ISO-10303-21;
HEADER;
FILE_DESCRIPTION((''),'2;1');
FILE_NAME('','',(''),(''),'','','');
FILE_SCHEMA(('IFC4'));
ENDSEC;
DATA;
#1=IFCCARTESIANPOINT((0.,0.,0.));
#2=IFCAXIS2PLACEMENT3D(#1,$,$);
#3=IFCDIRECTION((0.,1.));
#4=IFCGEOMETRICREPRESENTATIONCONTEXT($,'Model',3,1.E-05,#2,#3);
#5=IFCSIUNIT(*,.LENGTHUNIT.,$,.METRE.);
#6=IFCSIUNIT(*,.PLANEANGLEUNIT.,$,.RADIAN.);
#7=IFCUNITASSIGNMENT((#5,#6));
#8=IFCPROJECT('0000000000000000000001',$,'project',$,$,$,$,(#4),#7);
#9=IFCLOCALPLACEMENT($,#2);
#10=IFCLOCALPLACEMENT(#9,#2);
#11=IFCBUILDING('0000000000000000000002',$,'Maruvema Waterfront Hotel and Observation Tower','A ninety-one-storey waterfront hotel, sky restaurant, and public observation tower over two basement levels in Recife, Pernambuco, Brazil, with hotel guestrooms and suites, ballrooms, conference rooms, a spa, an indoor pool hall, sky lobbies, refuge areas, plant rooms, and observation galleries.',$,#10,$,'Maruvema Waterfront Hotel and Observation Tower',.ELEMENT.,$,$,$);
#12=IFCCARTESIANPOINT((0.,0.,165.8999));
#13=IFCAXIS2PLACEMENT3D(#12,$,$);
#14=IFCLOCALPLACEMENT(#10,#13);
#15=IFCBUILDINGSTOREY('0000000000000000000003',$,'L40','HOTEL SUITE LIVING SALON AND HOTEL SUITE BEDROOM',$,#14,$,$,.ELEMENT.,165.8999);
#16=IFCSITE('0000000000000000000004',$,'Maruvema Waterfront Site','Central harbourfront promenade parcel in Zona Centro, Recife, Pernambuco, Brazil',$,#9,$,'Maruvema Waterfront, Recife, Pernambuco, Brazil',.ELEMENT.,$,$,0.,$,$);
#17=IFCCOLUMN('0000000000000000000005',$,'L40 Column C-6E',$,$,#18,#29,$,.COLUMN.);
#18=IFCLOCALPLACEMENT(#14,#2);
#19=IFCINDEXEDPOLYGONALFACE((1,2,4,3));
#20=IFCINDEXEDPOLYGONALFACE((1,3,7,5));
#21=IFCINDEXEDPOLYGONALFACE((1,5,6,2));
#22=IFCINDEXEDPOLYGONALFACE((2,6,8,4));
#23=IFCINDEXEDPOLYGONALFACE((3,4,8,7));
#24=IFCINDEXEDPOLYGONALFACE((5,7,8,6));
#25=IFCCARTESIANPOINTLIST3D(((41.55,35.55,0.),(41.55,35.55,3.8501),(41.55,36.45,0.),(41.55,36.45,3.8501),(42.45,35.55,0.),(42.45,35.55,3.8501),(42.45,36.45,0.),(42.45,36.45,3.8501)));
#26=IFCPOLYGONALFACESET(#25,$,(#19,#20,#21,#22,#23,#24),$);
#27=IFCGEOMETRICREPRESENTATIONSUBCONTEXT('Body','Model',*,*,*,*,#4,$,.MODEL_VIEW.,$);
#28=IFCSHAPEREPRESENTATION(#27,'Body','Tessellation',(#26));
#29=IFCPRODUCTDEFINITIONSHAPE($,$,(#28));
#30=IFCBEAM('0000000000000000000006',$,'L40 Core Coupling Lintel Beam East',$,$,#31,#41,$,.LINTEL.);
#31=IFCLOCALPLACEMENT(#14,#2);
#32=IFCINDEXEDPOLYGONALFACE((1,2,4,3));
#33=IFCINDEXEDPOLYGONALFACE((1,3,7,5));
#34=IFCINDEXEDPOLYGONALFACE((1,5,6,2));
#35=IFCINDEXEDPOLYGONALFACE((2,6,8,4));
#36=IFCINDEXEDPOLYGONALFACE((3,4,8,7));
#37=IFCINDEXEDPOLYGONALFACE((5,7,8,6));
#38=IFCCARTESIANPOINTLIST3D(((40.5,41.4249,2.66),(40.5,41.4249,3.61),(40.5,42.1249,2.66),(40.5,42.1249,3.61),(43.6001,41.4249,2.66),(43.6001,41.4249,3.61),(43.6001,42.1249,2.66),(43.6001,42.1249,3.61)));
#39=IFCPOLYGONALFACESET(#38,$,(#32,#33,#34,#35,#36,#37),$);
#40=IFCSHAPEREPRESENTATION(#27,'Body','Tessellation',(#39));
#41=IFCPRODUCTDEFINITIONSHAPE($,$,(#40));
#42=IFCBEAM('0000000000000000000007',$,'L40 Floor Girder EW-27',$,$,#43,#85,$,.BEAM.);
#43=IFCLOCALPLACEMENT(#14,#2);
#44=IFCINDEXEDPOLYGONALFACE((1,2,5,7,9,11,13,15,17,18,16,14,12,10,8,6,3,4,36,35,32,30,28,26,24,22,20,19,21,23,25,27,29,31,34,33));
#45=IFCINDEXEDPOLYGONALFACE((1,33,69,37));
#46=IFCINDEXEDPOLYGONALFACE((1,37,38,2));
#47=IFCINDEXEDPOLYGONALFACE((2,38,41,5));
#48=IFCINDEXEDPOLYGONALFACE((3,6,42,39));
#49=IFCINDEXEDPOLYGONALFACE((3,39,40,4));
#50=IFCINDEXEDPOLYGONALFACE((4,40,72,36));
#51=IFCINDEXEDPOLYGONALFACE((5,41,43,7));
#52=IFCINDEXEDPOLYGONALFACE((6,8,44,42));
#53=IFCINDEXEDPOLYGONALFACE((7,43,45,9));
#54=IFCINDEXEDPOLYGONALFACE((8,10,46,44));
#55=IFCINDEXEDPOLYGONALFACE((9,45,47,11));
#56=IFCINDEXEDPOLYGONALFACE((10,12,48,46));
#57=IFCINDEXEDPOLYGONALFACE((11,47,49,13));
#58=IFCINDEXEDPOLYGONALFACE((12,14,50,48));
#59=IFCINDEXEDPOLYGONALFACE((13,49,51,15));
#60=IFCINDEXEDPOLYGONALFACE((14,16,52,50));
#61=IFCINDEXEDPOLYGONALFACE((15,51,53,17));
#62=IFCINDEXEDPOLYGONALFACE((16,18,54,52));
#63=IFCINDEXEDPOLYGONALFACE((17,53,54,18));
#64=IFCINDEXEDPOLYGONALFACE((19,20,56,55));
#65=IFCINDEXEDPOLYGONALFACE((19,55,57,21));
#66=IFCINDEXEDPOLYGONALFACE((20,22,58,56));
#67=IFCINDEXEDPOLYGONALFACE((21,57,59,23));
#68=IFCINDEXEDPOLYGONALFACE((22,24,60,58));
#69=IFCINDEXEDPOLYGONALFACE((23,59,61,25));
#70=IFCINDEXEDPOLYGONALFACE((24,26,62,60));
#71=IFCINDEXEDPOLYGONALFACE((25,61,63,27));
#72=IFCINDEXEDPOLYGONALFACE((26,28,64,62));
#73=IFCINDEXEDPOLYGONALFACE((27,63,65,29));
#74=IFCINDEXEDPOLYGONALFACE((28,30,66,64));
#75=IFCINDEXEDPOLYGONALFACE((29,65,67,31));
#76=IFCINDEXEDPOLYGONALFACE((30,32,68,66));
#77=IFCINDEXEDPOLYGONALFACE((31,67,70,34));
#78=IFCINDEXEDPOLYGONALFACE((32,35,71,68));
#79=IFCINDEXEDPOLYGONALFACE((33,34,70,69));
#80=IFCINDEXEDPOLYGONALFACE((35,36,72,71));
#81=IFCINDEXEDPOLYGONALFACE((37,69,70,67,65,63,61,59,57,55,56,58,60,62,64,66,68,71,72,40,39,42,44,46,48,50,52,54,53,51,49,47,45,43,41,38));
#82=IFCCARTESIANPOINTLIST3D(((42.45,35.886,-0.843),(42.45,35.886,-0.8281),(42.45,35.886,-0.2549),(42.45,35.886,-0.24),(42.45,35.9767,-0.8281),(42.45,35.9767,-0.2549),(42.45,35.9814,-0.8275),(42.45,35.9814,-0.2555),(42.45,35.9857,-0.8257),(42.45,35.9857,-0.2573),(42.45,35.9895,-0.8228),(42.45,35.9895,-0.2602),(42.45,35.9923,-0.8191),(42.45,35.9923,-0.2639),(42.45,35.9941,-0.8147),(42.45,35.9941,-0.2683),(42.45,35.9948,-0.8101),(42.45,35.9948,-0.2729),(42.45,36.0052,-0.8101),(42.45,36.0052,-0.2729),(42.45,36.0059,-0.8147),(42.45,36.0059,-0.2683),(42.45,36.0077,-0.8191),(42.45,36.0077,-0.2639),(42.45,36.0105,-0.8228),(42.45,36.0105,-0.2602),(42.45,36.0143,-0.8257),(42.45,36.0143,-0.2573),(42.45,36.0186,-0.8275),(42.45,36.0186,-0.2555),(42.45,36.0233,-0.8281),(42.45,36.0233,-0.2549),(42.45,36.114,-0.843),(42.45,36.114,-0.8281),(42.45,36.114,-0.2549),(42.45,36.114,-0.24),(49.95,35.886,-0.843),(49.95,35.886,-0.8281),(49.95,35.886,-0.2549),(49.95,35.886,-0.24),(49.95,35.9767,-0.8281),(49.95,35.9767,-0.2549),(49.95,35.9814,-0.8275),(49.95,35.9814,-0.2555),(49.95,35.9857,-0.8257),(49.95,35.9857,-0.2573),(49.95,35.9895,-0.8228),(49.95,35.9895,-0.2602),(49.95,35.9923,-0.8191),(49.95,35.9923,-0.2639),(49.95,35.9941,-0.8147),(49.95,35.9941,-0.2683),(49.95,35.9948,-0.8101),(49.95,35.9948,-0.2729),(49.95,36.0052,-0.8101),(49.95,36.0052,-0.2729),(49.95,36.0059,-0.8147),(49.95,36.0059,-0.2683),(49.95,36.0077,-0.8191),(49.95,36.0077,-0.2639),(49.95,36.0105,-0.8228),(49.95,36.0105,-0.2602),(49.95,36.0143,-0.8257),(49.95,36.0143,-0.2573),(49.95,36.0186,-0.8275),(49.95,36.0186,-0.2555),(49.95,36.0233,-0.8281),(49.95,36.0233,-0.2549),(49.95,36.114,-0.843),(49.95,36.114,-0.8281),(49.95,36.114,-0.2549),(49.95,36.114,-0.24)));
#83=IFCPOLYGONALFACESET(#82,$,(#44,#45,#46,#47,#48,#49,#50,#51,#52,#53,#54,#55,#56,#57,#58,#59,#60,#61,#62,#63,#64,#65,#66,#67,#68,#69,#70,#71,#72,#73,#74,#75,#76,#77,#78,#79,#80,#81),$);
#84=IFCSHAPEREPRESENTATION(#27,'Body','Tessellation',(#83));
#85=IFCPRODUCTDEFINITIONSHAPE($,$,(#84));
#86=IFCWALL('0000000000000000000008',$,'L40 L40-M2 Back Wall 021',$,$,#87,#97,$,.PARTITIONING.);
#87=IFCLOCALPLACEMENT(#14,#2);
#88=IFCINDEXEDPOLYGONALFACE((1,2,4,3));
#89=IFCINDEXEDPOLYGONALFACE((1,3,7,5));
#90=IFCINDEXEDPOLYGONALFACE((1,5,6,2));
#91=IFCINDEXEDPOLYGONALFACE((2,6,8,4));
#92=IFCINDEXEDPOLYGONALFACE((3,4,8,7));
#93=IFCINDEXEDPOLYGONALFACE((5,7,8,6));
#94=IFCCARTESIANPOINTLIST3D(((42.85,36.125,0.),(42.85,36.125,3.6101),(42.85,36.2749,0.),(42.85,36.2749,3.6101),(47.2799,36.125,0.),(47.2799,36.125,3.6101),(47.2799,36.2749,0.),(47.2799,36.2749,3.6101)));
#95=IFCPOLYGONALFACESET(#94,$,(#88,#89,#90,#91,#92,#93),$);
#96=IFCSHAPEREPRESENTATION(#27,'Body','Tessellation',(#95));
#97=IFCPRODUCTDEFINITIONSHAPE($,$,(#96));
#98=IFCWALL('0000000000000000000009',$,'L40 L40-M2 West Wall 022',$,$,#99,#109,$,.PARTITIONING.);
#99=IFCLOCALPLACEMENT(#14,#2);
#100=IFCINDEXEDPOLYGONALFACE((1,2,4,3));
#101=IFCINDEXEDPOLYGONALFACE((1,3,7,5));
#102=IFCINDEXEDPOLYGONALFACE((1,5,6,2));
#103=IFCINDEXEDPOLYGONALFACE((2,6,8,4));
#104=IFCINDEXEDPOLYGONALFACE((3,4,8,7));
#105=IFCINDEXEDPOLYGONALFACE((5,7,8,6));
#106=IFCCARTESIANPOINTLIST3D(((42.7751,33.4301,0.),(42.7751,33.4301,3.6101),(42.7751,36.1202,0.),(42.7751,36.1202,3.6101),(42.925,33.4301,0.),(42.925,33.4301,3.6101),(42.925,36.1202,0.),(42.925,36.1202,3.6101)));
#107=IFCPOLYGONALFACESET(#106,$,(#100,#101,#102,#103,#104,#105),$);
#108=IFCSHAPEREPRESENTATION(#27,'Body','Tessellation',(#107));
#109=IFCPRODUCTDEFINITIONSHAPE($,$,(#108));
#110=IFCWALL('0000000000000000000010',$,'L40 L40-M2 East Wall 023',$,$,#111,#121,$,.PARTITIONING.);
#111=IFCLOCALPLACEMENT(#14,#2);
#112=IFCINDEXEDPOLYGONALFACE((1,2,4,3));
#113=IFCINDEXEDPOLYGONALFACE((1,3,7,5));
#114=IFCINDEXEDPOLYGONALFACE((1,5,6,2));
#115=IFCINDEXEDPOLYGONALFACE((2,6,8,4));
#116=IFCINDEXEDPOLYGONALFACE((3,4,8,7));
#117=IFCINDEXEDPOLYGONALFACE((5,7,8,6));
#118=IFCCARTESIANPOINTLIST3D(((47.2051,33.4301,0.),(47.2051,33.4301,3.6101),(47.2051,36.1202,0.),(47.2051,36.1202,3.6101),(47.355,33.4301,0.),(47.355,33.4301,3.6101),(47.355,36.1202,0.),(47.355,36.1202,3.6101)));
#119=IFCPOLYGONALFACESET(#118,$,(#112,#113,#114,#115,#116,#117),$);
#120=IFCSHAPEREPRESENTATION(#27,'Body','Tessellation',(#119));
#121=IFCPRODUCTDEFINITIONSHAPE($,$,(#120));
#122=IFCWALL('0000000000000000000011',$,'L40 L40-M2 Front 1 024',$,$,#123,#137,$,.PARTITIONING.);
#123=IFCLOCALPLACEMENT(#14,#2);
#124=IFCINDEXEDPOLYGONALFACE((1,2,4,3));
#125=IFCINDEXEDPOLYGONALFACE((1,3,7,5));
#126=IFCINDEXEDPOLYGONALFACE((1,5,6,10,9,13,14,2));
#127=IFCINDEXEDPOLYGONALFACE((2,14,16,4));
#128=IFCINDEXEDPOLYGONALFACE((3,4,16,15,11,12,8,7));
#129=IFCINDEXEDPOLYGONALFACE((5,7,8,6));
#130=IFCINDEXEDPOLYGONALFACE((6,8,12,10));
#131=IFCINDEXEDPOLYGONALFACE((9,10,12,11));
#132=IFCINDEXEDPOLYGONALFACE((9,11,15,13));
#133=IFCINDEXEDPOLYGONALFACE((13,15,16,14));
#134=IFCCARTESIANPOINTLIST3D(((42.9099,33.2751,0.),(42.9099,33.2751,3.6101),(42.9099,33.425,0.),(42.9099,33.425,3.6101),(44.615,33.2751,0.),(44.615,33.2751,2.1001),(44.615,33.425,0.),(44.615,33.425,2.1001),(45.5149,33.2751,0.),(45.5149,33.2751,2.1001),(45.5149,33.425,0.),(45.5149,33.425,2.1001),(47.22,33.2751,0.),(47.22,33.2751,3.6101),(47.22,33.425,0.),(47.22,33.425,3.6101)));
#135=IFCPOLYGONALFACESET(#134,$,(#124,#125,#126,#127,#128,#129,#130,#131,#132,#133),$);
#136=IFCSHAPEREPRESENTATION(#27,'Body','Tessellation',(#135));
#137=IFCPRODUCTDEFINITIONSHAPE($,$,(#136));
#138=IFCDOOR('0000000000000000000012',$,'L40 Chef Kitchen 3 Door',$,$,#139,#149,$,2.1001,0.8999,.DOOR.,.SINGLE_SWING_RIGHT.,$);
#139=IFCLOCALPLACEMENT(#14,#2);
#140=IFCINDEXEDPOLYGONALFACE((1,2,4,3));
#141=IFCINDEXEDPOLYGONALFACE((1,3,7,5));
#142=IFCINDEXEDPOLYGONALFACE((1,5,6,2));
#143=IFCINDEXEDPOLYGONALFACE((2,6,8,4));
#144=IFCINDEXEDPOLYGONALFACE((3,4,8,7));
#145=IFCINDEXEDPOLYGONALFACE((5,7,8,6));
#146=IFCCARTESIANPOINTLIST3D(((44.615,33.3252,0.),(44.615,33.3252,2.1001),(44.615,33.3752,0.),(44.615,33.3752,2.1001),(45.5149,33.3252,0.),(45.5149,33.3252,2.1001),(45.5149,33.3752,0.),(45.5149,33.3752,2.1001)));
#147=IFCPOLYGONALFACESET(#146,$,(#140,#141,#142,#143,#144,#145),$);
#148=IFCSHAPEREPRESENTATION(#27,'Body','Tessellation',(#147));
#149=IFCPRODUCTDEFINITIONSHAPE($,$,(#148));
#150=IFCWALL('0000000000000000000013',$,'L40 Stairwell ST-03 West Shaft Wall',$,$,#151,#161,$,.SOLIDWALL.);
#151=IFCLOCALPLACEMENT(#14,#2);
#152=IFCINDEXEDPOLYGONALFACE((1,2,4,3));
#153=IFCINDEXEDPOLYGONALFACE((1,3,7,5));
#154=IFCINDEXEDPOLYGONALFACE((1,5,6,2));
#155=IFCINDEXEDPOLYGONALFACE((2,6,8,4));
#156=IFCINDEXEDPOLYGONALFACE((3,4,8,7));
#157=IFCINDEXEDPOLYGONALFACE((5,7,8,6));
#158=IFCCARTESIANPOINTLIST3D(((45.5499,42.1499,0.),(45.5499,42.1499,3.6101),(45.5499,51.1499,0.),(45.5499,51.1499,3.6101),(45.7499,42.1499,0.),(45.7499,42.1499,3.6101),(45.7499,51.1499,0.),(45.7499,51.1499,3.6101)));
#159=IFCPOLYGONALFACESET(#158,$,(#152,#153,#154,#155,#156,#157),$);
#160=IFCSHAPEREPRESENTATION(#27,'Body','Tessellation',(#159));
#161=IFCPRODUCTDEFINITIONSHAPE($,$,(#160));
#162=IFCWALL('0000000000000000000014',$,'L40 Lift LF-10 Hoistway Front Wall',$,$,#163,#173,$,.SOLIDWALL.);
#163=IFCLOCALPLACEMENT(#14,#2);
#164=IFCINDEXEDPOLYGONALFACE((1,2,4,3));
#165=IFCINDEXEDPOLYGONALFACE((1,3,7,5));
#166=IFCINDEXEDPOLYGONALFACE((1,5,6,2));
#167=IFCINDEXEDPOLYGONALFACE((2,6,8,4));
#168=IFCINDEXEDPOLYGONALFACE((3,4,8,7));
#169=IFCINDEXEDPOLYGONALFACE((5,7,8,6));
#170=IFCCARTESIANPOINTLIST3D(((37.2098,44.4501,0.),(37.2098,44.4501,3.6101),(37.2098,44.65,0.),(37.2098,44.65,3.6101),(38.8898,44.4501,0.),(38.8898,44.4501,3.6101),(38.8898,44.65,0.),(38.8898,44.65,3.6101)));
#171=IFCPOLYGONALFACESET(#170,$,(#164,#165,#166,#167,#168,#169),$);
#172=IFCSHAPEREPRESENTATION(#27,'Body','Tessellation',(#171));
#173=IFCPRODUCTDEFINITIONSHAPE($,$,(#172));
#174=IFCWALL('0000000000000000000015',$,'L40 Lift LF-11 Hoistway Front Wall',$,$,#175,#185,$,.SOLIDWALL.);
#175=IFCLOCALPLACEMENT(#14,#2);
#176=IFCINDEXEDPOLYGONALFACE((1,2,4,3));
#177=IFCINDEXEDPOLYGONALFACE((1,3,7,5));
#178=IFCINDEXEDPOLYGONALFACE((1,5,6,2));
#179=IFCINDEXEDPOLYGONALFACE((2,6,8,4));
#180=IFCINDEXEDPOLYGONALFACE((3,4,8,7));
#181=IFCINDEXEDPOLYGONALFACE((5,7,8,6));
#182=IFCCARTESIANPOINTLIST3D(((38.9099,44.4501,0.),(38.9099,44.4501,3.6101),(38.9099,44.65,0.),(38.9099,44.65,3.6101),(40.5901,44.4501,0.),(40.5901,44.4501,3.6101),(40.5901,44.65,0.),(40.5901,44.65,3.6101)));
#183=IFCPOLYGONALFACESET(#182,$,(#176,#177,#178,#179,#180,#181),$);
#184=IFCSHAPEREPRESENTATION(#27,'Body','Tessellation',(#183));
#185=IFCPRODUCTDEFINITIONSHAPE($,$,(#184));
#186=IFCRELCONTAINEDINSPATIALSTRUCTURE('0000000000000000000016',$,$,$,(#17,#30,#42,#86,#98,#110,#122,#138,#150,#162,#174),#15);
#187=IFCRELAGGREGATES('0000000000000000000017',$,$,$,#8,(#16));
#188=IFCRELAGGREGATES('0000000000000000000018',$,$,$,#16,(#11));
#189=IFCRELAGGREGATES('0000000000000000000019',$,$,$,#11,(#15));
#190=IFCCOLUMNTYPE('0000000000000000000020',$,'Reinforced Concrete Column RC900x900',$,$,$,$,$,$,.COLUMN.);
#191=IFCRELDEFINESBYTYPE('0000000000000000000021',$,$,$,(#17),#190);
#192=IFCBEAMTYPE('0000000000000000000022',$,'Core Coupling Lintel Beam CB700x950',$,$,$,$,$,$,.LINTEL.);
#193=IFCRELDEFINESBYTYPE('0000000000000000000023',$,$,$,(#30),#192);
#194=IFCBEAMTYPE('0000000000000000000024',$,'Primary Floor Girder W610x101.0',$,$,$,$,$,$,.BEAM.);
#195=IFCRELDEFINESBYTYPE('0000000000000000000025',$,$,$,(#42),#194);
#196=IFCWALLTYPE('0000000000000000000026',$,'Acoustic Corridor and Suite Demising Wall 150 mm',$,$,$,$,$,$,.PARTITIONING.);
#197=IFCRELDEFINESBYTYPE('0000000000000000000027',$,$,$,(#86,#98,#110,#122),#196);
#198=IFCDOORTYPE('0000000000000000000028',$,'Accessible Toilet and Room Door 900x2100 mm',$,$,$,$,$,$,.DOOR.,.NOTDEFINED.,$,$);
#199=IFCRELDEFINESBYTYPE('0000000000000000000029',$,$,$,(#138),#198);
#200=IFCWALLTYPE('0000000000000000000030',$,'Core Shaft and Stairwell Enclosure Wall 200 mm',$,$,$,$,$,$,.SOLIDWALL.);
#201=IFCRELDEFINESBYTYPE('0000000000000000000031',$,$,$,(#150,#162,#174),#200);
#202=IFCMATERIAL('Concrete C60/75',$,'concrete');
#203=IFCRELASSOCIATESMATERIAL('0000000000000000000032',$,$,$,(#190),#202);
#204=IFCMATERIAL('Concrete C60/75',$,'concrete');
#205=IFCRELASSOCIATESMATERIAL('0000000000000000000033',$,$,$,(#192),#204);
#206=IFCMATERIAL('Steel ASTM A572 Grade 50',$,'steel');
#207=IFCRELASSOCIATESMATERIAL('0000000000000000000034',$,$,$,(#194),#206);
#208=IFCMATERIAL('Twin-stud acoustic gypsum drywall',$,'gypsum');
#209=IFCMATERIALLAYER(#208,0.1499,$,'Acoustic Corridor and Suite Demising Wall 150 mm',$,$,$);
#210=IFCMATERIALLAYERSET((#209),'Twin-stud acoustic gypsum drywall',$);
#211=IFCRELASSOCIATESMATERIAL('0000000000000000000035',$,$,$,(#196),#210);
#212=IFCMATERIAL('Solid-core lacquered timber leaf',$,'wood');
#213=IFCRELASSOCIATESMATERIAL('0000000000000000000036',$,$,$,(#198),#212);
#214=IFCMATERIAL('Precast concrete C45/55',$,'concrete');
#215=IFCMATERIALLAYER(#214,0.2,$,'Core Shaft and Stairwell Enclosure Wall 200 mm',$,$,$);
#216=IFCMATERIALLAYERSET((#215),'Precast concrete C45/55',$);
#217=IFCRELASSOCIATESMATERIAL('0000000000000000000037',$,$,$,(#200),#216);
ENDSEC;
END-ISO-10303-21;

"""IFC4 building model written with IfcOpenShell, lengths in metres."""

from ifc_helpers import new_model, si_unit, direction, frame, frame_2d, origin, origin_2d, place, context, subcontext, project, spatial, rectangle, i_section, extrude, material, layer, layer_set, material_profile, profile_set, type_object, element, fill, save


model = new_model("IFC4")

# Units and contexts
model_context = context("Model", 3, precision=1e-05, world=origin(), true_north=direction((0.0, 1.0)))
body_context = subcontext(model_context, "Body", "Model", "MODEL_VIEW")
ifc_project = project(units=[si_unit("LENGTHUNIT", "METRE"), si_unit("PLANEANGLEUNIT", "RADIAN")], contexts=[model_context])

# Site, building, storey
site_placement = place(None, origin())
site = spatial("IfcSite", under=ifc_project, at=site_placement, Name="Maruvema Waterfront Site", Description="Central harbourfront promenade parcel in Zona Centro, Recife, Pernambuco, Brazil", LongName="Maruvema Waterfront, Recife, Pernambuco, Brazil", CompositionType="ELEMENT", RefElevation=0.0)
building_placement = place(site_placement, origin())
building = spatial("IfcBuilding", under=site, at=building_placement, Name="Maruvema Waterfront Hotel and Observation Tower", Description="A ninety-one-storey waterfront hotel, sky restaurant, and public observation tower over two basement levels in Recife, Pernambuco, Brazil, with hotel guestrooms and suites, ballrooms, conference rooms, a spa, an indoor pool hall, sky lobbies, refuge areas, plant rooms, and observation galleries.", LongName="Maruvema Waterfront Hotel and Observation Tower", CompositionType="ELEMENT")
storey_placement = place(building_placement, frame((0.0, 0.0, 165.8999)))
storey = spatial("IfcBuildingStorey", under=building, at=storey_placement, Name="L40", Description="HOTEL SUITE LIVING SALON AND HOTEL SUITE BEDROOM", CompositionType="ELEMENT", Elevation=165.8999)

# Column
ifc_material_1 = material(Name="Concrete C60/75", Category="concrete")
ifc_material_profile_1 = material_profile(ifc_material_1, rectangle(XDim=0.8999, YDim=0.8999, at=origin_2d()), Name="RC900x900")
ifc_profile_set_1 = profile_set([ifc_material_profile_1], Name="Concrete C60/75")
column_type = type_object("IfcColumnType", Name="Reinforced Concrete Column RC900x900", PredefinedType="COLUMN", material=ifc_profile_set_1)
column_placement = place(storey_placement, frame((42.0, 36.0, 0.0), z_axis=(0.0, 0.0, 1.0), x_axis=(1.0, 0.0, 0.0)))
element("IfcColumn", 1, at=column_placement, inside=storey, type_object=column_type, Name="L40 Column C-6E", PredefinedType="COLUMN", context=body_context, shape_type="SweptSolid", body=[
    extrude(rectangle(XDim=0.8999, YDim=0.8999, at=origin_2d()), origin(), (0.0, 0.0, 1.0), 3.8501),
])

# Beams
ifc_material_2 = material(Name="Concrete C60/75", Category="concrete")
ifc_material_profile_2 = material_profile(ifc_material_2, rectangle(XDim=0.7, YDim=0.95, at=origin_2d()), Name="CB700x950")
ifc_profile_set_2 = profile_set([ifc_material_profile_2], Name="Concrete C60/75")
beam_type_1 = type_object("IfcBeamType", Name="Core Coupling Lintel Beam CB700x950", PredefinedType="LINTEL", material=ifc_profile_set_2)
beam_1_placement = place(storey_placement, frame((40.5, 41.7749, 3.135), z_axis=(1.0, 0.0, 0.0), x_axis=(0.0, 1.0, 0.0)))
element("IfcBeam", 2, at=beam_1_placement, inside=storey, type_object=beam_type_1, Name="L40 Core Coupling Lintel Beam East", PredefinedType="LINTEL", context=body_context, shape_type="SweptSolid", body=[
    extrude(rectangle(XDim=0.7, YDim=0.95, at=origin_2d()), origin(), (0.0, 0.0, 1.0), 3.1001),
])
ifc_material_3 = material(Name="Steel ASTM A572 Grade 50", Category="steel")
ifc_material_profile_3 = material_profile(ifc_material_3, i_section(OverallWidth=0.228, OverallDepth=0.603, WebThickness=0.0105, FlangeThickness=0.0149, FilletRadius=0.0181, at=origin_2d()), Name="W610x101.0")
ifc_profile_set_3 = profile_set([ifc_material_profile_3], Name="Steel ASTM A572 Grade 50")
beam_type_2 = type_object("IfcBeamType", Name="Primary Floor Girder W610x101.0", PredefinedType="BEAM", material=ifc_profile_set_3)
beam_2_placement = place(storey_placement, frame((42.45, 36.0, -0.5415), z_axis=(1.0, 0.0, 0.0), x_axis=(0.0, 1.0, 0.0)))
element("IfcBeam", 3, at=beam_2_placement, inside=storey, type_object=beam_type_2, Name="L40 Floor Girder EW-27", PredefinedType="BEAM", context=body_context, shape_type="SweptSolid", body=[
    extrude(i_section(OverallWidth=0.228, OverallDepth=0.603, WebThickness=0.0105, FlangeThickness=0.0149, FilletRadius=0.0181, at=origin_2d()), origin(), (0.0, 0.0, 1.0), 7.5),
])

# Walls
ifc_material_4 = material(Name="Twin-stud acoustic gypsum drywall", Category="gypsum")
ifc_layer_1 = layer(ifc_material_4, 0.1499, Name="Acoustic Corridor and Suite Demising Wall 150 mm")
ifc_layer_set_1 = layer_set([ifc_layer_1], Name="Twin-stud acoustic gypsum drywall")
wall_type_1 = type_object("IfcWallType", Name="Acoustic Corridor and Suite Demising Wall 150 mm", PredefinedType="PARTITIONING", material=ifc_layer_set_1)
wall_1_placement = place(storey_placement, frame((42.8501, 36.2, 0.0), z_axis=(0.0, 0.0, 1.0), x_axis=(1.0, 0.0, 0.0)))
element("IfcWall", 4, at=wall_1_placement, inside=storey, type_object=wall_type_1, Name="L40 L40-M2 Back Wall 021", PredefinedType="PARTITIONING", context=body_context, shape_type="SweptSolid", body=[
    extrude(rectangle(XDim=4.4299, YDim=0.1499, at=frame_2d((2.2148, 0.0))), origin(), (0.0, 0.0, 1.0), 3.6101),
])
for number, where, z_axis, x_axis, name in (
    (5, (42.8501, 33.4299, 0.0), (0.0, 0.0, 1.0), (0.0, 1.0, 0.0), "L40 L40-M2 West Wall 022"),
    (6, (47.28, 33.4299, 0.0), (0.0, 0.0, 1.0), (0.0, 1.0, 0.0), "L40 L40-M2 East Wall 023"),
):
    element("IfcWall", number, at=place(storey_placement, frame(where, z_axis=z_axis, x_axis=x_axis)), inside=storey, type_object=wall_type_1, Name=name, PredefinedType="PARTITIONING", context=body_context, shape_type="SweptSolid", body=[
        extrude(rectangle(XDim=2.6902, YDim=0.1499, at=frame_2d((1.3452, 0.0))), origin(), (0.0, 0.0, 1.0), 3.6101),
    ])

# Wall, opening, door
wall_2_placement = place(storey_placement, frame((42.9099, 33.3501, 0.0), z_axis=(0.0, 0.0, 1.0), x_axis=(1.0, 0.0, 0.0)))
wall_2 = element("IfcWall", 7, at=wall_2_placement, inside=storey, type_object=wall_type_1, Name="L40 L40-M2 Front 1 024", PredefinedType="PARTITIONING", context=body_context, shape_type="SweptSolid", body=[
    extrude(rectangle(XDim=4.3101, YDim=0.1499, at=frame_2d((2.155, 0.0))), origin(), (0.0, 0.0, 1.0), 3.6101),
])
opening_1_placement = place(wall_2_placement, frame((1.7051, 0.0, 0.0)))
opening_1 = element("IfcOpeningElement", 8, at=opening_1_placement, cuts=wall_2, PredefinedType="OPENING", context=body_context, shape_type="SweptSolid", body=[
    extrude(rectangle(XDim=0.8999, YDim=2.1001, at=frame_2d((0.45, 1.05))), frame((0.0, 0.085, 0.0), z_axis=(0.0, -1.0, 0.0), x_axis=(1.0, 0.0, 0.0)), (0.0, 0.0, 1.0), 0.1699),
])
ifc_material_5 = material(Name="Solid-core lacquered timber leaf", Category="wood")
door_type_1 = type_object("IfcDoorType", Name="Accessible Toilet and Room Door 900x2100 mm", OperationType="NOTDEFINED", PredefinedType="DOOR", material=ifc_material_5)
door_1_placement = place(opening_1_placement, frame((0.8999, 0.0, 0.0), z_axis=(0.0, 0.0, 1.0), x_axis=(-1.0, 0.0, 0.0)))
door_1 = element("IfcDoor", 9, at=door_1_placement, inside=storey, type_object=door_type_1, Name="L40 Chef Kitchen 3 Door", OperationType="SINGLE_SWING_RIGHT", OverallHeight=2.1001, OverallWidth=0.8999, PredefinedType="DOOR", context=body_context, shape_type="SweptSolid", body=[
    extrude(rectangle(XDim=0.8999, YDim=2.1001, at=frame_2d((0.45, 1.05))), frame((0.0, 0.0249, 0.0), z_axis=(0.0, -1.0, 0.0), x_axis=(1.0, 0.0, 0.0)), (0.0, 0.0, 1.0), 0.05),
])
fill(opening_1, door_1)

# Walls
ifc_material_6 = material(Name="Precast concrete C45/55", Category="concrete")
ifc_layer_2 = layer(ifc_material_6, 0.2, Name="Core Shaft and Stairwell Enclosure Wall 200 mm")
ifc_layer_set_2 = layer_set([ifc_layer_2], Name="Precast concrete C45/55")
wall_type_2 = type_object("IfcWallType", Name="Core Shaft and Stairwell Enclosure Wall 200 mm", PredefinedType="SOLIDWALL", material=ifc_layer_set_2)
wall_3_placement = place(storey_placement, frame((45.6499, 42.1499, 0.0), z_axis=(0.0, 0.0, 1.0), x_axis=(0.0, 1.0, 0.0)))
element("IfcWall", 10, at=wall_3_placement, inside=storey, type_object=wall_type_2, Name="L40 Stairwell ST-03 West Shaft Wall", PredefinedType="SOLIDWALL", context=body_context, shape_type="SweptSolid", body=[
    extrude(rectangle(XDim=9.0, YDim=0.2, at=frame_2d((4.5, 0.0))), origin(), (0.0, 0.0, 1.0), 3.6101),
])
wall_4_placement = place(storey_placement, frame((37.21, 44.55, 0.0), z_axis=(0.0, 0.0, 1.0), x_axis=(1.0, 0.0, 0.0)))
element("IfcWall", 11, at=wall_4_placement, inside=storey, type_object=wall_type_2, Name="L40 Lift LF-10 Hoistway Front Wall", PredefinedType="SOLIDWALL", context=body_context, shape_type="SweptSolid", body=[
    extrude(rectangle(XDim=1.6799, YDim=0.2, at=frame_2d((0.8398, 0.0))), origin(), (0.0, 0.0, 1.0), 3.6101),
])
wall_5_placement = place(storey_placement, frame((38.9099, 44.55, 0.0), z_axis=(0.0, 0.0, 1.0), x_axis=(1.0, 0.0, 0.0)))
element("IfcWall", 12, at=wall_5_placement, inside=storey, type_object=wall_type_2, Name="L40 Lift LF-11 Hoistway Front Wall", PredefinedType="SOLIDWALL", context=body_context, shape_type="SweptSolid", body=[
    extrude(rectangle(XDim=1.6802, YDim=0.2, at=frame_2d((0.8401, 0.0))), origin(), (0.0, 0.0, 1.0), 3.6101),
])

save(model, "model.ifc")
